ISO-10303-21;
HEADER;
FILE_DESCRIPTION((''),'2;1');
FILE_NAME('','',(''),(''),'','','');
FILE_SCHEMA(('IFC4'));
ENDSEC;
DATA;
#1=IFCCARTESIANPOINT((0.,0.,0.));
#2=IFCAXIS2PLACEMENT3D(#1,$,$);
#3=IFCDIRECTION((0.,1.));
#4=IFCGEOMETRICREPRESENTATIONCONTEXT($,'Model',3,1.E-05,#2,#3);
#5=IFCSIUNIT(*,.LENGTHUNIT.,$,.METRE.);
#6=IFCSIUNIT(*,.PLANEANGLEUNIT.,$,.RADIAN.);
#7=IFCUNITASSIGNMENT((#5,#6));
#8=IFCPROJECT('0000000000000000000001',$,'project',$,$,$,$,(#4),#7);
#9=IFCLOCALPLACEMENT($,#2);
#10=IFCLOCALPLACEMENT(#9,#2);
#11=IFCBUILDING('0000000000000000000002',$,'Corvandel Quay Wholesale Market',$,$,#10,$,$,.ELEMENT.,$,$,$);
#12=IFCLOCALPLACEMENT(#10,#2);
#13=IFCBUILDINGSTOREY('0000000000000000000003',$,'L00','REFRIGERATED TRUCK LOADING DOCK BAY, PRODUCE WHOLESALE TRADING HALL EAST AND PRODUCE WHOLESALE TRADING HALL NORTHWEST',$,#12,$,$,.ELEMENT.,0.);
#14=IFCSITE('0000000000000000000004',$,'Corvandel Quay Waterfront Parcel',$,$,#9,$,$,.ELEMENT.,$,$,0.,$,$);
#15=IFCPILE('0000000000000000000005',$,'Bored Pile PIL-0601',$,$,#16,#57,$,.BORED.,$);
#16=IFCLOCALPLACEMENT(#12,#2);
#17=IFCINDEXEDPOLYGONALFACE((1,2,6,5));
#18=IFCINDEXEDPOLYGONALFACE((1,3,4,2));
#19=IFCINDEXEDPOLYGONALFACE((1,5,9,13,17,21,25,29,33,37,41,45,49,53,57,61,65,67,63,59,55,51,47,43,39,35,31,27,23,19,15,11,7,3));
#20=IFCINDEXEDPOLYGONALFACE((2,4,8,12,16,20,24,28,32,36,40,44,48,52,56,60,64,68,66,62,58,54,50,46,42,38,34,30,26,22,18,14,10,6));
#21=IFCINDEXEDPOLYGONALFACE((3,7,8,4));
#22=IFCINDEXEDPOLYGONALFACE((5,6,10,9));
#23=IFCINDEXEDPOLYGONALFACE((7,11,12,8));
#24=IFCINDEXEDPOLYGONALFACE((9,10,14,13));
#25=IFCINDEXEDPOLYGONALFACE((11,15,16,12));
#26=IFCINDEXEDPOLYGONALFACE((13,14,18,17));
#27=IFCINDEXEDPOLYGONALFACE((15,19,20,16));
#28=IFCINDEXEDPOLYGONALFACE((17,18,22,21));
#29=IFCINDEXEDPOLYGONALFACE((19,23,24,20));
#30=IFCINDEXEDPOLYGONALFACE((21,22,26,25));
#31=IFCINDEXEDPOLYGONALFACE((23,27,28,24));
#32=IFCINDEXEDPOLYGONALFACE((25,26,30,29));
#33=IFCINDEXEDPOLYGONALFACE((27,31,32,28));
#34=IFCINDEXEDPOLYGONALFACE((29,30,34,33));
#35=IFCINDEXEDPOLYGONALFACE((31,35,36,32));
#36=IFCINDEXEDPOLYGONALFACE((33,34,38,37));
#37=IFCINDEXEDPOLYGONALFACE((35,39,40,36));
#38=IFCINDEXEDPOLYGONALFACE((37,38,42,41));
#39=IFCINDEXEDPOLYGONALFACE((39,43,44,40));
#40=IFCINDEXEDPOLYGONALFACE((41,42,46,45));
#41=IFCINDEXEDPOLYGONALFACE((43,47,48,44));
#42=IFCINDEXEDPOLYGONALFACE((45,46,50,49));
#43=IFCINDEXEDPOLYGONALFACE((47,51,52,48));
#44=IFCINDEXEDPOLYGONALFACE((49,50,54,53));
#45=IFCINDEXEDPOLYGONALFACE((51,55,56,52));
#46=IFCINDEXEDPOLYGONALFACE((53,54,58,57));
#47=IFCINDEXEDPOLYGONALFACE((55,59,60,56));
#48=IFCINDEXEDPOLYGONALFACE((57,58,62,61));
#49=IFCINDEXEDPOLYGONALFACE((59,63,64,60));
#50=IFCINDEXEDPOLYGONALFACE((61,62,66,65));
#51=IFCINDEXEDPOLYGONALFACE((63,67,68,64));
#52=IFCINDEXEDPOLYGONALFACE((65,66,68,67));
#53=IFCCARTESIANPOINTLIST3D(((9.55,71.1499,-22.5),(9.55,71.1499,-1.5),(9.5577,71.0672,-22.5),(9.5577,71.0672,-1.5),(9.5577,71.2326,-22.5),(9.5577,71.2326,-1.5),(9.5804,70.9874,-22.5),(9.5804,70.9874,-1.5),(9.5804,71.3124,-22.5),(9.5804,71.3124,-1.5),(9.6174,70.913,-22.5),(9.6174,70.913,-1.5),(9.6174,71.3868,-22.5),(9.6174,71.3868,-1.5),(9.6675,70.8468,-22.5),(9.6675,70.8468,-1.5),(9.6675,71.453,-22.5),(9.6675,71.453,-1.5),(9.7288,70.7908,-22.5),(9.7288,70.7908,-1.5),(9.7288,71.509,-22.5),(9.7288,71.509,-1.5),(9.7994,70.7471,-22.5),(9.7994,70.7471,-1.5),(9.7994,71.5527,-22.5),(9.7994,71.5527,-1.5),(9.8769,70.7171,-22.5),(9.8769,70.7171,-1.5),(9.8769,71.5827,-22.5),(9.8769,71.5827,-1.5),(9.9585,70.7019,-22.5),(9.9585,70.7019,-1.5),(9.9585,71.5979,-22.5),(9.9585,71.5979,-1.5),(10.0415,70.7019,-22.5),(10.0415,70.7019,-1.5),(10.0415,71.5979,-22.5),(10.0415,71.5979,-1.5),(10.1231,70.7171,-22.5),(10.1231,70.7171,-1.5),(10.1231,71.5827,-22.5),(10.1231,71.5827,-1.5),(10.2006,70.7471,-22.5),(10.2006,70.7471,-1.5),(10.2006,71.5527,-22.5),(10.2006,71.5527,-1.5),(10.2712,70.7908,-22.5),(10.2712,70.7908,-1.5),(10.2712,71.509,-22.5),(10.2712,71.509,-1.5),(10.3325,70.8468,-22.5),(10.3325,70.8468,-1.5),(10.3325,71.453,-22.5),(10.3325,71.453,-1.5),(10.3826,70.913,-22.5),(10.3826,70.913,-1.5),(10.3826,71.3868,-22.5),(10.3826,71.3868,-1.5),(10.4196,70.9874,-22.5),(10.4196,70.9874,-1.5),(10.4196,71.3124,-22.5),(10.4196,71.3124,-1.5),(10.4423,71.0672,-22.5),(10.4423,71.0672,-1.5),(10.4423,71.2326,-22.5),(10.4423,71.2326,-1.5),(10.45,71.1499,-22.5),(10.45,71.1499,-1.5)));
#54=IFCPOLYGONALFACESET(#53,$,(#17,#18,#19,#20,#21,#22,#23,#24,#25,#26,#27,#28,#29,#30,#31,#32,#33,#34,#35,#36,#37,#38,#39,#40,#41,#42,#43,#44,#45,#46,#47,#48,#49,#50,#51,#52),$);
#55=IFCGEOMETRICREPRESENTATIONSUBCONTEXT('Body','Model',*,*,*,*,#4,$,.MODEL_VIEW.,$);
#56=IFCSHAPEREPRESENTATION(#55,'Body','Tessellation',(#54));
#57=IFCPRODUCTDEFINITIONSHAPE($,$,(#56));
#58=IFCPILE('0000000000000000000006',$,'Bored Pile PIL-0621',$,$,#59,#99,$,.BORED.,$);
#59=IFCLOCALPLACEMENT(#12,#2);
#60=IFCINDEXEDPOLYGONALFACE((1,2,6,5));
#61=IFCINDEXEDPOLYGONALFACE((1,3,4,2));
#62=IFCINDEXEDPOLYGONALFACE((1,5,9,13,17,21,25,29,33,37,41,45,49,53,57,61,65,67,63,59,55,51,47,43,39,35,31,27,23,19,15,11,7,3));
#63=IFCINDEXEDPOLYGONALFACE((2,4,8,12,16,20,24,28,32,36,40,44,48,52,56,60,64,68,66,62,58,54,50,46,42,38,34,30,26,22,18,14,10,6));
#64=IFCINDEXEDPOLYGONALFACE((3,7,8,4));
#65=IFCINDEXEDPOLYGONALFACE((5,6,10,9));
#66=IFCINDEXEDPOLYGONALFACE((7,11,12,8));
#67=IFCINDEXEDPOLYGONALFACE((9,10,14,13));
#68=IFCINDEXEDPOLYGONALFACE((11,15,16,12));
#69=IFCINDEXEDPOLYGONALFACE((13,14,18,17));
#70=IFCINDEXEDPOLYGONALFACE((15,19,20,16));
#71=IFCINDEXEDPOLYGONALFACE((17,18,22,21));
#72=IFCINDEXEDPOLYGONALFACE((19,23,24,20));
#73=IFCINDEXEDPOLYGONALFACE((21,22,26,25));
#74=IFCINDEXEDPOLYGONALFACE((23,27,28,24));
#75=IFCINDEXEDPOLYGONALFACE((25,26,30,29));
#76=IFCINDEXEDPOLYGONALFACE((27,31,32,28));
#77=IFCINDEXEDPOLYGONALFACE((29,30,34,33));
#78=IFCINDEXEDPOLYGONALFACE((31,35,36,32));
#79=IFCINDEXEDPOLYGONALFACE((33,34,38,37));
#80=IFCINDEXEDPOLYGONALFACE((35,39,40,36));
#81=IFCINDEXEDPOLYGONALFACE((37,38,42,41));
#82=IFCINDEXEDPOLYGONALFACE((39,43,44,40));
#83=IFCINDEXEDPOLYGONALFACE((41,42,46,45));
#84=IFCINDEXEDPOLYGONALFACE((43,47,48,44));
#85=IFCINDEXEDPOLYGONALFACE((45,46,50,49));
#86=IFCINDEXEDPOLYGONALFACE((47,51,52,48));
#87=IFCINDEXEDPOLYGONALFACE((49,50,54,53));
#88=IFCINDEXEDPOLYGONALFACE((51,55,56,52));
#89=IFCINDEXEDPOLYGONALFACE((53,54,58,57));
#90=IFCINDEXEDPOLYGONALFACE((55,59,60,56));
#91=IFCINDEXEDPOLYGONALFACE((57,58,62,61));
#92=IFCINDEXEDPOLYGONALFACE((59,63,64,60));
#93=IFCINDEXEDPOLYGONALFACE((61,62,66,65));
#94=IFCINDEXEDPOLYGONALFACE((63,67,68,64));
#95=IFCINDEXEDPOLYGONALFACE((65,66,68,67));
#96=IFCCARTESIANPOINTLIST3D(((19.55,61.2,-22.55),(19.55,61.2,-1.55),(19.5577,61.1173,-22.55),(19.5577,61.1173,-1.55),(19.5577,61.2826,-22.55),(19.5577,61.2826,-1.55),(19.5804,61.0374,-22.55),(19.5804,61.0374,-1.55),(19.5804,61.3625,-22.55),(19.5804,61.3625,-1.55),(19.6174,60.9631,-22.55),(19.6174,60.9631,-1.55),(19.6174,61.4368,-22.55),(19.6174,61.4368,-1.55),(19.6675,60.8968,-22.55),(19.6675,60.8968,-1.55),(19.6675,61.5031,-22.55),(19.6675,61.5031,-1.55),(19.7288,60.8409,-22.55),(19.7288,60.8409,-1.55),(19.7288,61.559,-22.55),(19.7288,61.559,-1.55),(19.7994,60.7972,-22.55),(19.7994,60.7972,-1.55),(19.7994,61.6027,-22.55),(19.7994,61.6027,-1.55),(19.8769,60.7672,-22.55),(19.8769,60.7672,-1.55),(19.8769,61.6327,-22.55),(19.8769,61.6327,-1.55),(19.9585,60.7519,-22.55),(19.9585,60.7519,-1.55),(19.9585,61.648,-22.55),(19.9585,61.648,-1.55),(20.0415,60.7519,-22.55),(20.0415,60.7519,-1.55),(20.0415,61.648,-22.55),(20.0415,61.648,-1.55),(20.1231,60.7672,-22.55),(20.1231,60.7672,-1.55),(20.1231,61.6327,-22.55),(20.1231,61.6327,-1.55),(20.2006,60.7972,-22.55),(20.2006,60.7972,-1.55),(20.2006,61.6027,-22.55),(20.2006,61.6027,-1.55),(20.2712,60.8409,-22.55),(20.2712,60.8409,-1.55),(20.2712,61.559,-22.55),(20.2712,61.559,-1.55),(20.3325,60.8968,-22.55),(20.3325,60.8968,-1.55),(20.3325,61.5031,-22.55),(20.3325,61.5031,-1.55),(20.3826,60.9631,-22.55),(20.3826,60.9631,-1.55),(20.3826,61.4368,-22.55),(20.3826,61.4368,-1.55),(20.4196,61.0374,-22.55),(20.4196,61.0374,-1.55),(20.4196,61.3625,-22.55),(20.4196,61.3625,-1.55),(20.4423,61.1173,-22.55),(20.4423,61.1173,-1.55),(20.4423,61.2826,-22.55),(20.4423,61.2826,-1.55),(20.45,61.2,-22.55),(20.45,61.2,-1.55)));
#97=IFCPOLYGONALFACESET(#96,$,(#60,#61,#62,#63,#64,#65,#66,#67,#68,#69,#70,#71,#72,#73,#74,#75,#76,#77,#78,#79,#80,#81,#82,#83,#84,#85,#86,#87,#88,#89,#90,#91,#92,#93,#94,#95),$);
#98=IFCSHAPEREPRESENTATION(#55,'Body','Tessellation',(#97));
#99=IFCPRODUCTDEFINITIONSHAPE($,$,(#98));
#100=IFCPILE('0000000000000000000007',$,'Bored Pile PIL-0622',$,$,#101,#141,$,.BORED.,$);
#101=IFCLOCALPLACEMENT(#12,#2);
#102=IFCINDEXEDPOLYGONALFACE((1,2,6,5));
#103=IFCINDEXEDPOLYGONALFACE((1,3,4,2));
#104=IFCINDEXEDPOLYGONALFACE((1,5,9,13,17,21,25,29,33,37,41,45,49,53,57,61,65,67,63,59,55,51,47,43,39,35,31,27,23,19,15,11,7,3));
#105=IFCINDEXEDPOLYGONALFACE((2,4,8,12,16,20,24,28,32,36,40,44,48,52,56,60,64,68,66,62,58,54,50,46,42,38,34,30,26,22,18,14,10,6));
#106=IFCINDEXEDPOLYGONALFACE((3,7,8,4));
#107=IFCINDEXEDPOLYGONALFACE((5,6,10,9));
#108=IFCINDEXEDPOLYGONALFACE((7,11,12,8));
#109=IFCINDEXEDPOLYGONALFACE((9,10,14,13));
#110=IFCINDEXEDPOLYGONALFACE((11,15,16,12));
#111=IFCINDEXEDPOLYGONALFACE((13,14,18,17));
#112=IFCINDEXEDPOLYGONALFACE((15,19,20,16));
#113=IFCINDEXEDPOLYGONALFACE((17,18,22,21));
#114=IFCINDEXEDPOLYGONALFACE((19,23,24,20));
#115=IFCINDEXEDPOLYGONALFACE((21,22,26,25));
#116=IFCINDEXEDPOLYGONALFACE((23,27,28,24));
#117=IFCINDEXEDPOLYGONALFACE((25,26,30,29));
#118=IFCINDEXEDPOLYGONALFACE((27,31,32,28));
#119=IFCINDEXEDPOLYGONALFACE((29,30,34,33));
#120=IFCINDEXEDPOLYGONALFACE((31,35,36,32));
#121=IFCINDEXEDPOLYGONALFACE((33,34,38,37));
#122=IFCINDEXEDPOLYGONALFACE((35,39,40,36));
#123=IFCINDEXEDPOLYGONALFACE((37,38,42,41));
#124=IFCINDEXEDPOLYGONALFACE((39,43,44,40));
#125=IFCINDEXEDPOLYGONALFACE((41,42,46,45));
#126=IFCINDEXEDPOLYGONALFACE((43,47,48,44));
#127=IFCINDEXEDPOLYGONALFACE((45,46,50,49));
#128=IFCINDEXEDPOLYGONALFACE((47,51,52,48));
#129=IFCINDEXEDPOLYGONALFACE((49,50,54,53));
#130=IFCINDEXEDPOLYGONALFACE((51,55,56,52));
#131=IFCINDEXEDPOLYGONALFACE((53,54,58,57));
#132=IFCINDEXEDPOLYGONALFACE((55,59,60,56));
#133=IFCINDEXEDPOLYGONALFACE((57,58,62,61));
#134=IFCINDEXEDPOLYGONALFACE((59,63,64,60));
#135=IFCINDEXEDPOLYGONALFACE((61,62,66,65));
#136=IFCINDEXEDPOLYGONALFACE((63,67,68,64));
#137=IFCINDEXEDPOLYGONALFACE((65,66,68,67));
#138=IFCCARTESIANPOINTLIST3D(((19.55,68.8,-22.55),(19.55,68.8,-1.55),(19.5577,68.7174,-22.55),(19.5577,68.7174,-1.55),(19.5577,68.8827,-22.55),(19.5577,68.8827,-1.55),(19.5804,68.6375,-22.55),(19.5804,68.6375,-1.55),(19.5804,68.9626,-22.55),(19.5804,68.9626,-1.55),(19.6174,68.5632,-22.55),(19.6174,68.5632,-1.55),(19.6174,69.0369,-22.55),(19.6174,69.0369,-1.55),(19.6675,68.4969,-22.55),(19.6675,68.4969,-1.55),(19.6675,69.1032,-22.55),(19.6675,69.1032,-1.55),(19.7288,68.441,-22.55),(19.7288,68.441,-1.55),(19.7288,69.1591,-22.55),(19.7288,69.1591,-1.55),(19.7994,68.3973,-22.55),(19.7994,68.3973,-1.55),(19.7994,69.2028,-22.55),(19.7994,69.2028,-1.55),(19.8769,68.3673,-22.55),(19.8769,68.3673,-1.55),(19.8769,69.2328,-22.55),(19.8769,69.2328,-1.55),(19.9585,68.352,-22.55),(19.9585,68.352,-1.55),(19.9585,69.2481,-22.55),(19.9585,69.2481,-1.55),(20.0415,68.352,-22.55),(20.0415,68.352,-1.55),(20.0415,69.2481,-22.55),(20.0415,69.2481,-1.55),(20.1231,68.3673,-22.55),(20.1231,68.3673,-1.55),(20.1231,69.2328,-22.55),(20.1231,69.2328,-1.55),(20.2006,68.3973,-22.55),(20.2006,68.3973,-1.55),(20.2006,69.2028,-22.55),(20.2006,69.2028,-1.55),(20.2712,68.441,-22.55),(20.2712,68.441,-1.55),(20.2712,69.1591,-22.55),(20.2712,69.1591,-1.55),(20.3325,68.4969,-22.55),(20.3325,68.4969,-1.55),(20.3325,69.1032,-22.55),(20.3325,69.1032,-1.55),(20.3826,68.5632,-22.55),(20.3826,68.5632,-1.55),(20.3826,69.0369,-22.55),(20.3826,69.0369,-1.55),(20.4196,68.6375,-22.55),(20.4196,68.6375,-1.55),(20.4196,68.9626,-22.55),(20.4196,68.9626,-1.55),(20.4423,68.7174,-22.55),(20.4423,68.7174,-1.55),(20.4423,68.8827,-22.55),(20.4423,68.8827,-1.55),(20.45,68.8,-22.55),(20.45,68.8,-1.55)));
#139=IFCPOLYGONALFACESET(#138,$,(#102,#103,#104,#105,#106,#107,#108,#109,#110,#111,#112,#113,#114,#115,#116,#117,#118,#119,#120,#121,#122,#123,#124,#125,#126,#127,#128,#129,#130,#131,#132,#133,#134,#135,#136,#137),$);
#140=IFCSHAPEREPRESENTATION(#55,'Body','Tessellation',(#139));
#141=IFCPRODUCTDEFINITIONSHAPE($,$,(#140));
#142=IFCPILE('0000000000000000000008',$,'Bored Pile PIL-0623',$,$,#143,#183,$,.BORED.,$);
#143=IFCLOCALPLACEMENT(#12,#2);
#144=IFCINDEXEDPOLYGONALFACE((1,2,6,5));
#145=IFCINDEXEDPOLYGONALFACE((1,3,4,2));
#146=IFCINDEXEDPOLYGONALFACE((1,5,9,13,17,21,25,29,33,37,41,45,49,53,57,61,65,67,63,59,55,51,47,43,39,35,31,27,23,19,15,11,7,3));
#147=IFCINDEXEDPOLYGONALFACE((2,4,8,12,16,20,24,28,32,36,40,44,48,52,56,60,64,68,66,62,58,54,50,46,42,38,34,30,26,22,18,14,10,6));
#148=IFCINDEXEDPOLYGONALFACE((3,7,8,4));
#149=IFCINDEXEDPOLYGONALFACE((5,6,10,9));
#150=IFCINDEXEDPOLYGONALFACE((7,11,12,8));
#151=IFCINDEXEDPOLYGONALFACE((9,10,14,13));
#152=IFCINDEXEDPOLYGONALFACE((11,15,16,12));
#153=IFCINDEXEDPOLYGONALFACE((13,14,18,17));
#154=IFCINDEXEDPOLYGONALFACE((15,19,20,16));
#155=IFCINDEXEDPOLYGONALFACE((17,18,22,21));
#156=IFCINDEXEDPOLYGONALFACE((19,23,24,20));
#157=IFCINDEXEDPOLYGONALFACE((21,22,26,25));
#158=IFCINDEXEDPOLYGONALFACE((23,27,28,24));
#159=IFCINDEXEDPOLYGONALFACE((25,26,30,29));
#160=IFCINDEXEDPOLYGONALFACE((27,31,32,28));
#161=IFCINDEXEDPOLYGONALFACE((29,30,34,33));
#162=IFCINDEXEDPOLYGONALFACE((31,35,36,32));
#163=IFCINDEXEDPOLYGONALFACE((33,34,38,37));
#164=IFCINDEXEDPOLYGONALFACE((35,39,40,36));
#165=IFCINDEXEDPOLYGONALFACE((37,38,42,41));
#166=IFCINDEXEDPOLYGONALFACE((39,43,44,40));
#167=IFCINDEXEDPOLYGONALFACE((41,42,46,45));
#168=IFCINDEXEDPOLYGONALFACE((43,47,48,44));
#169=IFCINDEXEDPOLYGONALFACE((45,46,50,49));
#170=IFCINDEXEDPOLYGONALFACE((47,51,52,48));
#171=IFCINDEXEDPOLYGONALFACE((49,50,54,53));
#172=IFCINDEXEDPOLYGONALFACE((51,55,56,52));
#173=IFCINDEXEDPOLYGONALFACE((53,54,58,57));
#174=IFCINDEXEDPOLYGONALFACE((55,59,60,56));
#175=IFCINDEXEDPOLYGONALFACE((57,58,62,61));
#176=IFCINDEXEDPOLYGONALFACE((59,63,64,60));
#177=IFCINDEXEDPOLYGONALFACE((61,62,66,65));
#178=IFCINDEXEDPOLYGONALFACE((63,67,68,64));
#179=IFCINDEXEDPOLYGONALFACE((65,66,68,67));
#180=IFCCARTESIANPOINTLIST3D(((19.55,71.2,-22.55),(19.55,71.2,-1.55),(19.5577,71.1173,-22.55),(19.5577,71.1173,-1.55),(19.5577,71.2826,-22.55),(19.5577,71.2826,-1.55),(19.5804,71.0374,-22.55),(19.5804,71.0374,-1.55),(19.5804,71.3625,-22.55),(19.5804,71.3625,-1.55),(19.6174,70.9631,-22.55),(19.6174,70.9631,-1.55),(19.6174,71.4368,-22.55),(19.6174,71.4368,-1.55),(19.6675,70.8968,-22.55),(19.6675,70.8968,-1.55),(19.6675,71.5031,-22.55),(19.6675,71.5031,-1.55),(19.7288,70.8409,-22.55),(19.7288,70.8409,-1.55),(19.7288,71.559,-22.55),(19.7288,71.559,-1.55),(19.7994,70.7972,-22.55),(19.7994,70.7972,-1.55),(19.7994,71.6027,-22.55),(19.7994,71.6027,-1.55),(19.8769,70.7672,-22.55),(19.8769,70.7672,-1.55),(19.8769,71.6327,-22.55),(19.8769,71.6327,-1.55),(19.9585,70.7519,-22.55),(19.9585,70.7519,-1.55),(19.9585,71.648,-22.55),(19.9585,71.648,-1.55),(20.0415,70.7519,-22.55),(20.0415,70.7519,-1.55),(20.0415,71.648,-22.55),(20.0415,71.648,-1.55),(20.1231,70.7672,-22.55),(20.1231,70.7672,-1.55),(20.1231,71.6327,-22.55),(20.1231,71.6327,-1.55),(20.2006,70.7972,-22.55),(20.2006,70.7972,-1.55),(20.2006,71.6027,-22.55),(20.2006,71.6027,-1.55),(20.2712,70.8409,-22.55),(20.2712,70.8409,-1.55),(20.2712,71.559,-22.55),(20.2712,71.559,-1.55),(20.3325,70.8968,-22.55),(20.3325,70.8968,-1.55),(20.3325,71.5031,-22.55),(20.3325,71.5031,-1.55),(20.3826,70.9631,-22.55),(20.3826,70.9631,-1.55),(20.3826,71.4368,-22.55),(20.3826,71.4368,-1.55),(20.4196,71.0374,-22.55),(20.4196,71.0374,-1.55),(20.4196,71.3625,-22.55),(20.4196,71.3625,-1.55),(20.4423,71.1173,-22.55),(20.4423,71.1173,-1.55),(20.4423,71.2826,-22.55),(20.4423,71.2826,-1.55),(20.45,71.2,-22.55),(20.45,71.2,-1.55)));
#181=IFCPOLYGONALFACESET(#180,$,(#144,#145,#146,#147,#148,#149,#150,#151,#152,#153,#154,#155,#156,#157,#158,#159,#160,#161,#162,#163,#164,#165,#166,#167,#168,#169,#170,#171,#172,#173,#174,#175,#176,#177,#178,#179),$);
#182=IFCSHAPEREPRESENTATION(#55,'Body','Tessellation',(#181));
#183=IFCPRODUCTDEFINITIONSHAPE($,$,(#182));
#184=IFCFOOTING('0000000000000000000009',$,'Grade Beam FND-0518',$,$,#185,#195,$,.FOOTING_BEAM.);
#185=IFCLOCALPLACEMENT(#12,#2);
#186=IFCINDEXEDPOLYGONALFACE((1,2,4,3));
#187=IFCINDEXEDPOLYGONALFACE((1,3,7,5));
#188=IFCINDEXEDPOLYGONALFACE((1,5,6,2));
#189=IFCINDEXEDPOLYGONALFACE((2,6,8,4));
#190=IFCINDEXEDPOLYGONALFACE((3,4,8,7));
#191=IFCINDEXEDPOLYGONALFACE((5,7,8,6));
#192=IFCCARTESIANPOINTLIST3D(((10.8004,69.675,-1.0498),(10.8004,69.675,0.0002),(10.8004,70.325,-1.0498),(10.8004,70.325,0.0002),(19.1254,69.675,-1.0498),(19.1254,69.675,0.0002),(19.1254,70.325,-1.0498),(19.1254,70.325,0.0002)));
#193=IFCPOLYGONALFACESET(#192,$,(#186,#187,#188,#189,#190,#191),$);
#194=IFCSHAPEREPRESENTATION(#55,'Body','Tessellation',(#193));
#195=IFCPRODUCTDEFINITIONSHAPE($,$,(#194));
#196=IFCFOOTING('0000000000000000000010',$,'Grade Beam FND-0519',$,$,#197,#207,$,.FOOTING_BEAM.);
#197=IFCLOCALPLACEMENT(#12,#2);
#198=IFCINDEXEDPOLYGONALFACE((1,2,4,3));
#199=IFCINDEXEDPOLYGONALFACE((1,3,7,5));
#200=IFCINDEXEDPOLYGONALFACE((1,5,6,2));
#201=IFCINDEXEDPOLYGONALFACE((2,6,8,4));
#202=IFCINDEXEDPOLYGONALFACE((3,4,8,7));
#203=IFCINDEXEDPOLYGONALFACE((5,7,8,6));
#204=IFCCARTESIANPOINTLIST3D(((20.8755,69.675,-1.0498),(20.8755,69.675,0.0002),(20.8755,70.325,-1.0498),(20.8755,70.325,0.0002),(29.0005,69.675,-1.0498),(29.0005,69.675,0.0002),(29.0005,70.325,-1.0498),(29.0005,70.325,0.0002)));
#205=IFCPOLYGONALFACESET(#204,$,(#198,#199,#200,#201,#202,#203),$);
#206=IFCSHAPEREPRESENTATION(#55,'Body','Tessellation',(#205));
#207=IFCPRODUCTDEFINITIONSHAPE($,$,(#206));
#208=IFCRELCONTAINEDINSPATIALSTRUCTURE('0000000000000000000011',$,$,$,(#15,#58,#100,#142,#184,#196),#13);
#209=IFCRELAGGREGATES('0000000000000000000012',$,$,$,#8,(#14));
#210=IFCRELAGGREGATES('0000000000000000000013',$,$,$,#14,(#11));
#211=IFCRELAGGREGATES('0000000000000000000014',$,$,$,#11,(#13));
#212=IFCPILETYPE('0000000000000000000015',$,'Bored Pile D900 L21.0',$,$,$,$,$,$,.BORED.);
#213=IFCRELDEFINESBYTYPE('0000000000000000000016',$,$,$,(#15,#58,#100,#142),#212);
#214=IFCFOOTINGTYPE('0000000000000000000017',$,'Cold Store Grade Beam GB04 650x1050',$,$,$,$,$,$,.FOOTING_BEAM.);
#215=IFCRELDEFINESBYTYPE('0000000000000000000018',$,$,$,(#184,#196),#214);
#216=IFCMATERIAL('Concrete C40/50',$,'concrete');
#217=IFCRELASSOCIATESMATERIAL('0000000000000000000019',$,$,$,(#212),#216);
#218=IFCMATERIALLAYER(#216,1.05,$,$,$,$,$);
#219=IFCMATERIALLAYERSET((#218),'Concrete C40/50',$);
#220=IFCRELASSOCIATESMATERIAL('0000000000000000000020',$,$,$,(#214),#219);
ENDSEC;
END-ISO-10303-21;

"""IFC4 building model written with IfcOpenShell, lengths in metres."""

from ifc_helpers import new_model, si_unit, direction, frame, origin, origin_2d, place, context, subcontext, project, spatial, rectangle, circle, extrude, material, layer, layer_set, material_profile, profile_set, type_object, element, save


model = new_model("IFC4")

# Units and contexts
model_context = context("Model", 3, precision=1e-05, world=origin(), true_north=direction((0.0, 1.0)))
body_context = subcontext(model_context, "Body", "Model", "MODEL_VIEW")
ifc_project = project(units=[si_unit("LENGTHUNIT", "METRE"), si_unit("PLANEANGLEUNIT", "RADIAN")], contexts=[model_context])

# Site, building, storey
site_placement = place(None, origin())
site = spatial("IfcSite", under=ifc_project, at=site_placement, Name="Corvandel Quay Waterfront Parcel", CompositionType="ELEMENT", RefElevation=0.0)
building_placement = place(site_placement, origin())
building = spatial("IfcBuilding", under=site, at=building_placement, Name="Corvandel Quay Wholesale Market", CompositionType="ELEMENT")
storey_placement = place(building_placement, origin())
storey = spatial("IfcBuildingStorey", under=building, at=storey_placement, Name="L00", Description="REFRIGERATED TRUCK LOADING DOCK BAY, PRODUCE WHOLESALE TRADING HALL EAST AND PRODUCE WHOLESALE TRADING HALL NORTHWEST", CompositionType="ELEMENT", Elevation=0.0)

# Piles
ifc_material_1 = material(Name="Concrete C40/50", Category="concrete")
ifc_material_profile_1 = material_profile(ifc_material_1, circle(Radius=0.45, at=origin_2d()), Name="RC-PILE-D900")
ifc_profile_set_1 = profile_set([ifc_material_profile_1], Name="Concrete C40/50")
pile_type_1 = type_object("IfcPileType", Name="Bored Pile D900 L21.0", PredefinedType="BORED", material=ifc_profile_set_1)
for number, where, z_axis, x_axis, name in (
    (1, (10.0, 71.1499, -1.5), (0.0, 0.0, -1.0), (1.0, 0.0, 0.0), "Bored Pile PIL-0601"),
    (2, (20.0, 61.2, -1.55), (0.0, 0.0, -1.0), (1.0, 0.0, 0.0), "Bored Pile PIL-0621"),
    (3, (20.0, 68.8, -1.55), (0.0, 0.0, -1.0), (1.0, 0.0, 0.0), "Bored Pile PIL-0622"),
    (4, (20.0, 71.2, -1.55), (0.0, 0.0, -1.0), (1.0, 0.0, 0.0), "Bored Pile PIL-0623"),
):
    element("IfcPile", number, at=place(storey_placement, frame(where, z_axis=z_axis, x_axis=x_axis)), inside=storey, type_object=pile_type_1, Name=name, PredefinedType="BORED", context=body_context, shape_type="SweptSolid", body=[
        extrude(circle(Radius=0.45, at=origin_2d()), origin(), (0.0, 0.0, 1.0), 21.0),
    ])

# Footings
ifc_layer_1 = layer(ifc_material_1, 1.05)
ifc_layer_set_1 = layer_set([ifc_layer_1], Name="Concrete C40/50")
footing_type_1 = type_object("IfcFootingType", Name="Cold Store Grade Beam GB04 650x1050", PredefinedType="FOOTING_BEAM", material=ifc_layer_set_1)
footing_1_placement = place(storey_placement, frame((14.9629, 70.0, -1.0498), z_axis=(0.0, 0.0, 1.0), x_axis=(1.0, 0.0, 0.0)))
element("IfcFooting", 5, at=footing_1_placement, inside=storey, type_object=footing_type_1, Name="Grade Beam FND-0518", PredefinedType="FOOTING_BEAM", context=body_context, shape_type="SweptSolid", body=[
    extrude(rectangle(XDim=8.325, YDim=0.6499, at=origin_2d()), origin(), (0.0, 0.0, 1.0), 1.05),
])
footing_2_placement = place(storey_placement, frame((24.938, 70.0, -1.0498), z_axis=(0.0, 0.0, 1.0), x_axis=(1.0, 0.0, 0.0)))
element("IfcFooting", 6, at=footing_2_placement, inside=storey, type_object=footing_type_1, Name="Grade Beam FND-0519", PredefinedType="FOOTING_BEAM", context=body_context, shape_type="SweptSolid", body=[
    extrude(rectangle(XDim=8.125, YDim=0.6499, at=origin_2d()), origin(), (0.0, 0.0, 1.0), 1.05),
])

save(model, "model.ifc")
